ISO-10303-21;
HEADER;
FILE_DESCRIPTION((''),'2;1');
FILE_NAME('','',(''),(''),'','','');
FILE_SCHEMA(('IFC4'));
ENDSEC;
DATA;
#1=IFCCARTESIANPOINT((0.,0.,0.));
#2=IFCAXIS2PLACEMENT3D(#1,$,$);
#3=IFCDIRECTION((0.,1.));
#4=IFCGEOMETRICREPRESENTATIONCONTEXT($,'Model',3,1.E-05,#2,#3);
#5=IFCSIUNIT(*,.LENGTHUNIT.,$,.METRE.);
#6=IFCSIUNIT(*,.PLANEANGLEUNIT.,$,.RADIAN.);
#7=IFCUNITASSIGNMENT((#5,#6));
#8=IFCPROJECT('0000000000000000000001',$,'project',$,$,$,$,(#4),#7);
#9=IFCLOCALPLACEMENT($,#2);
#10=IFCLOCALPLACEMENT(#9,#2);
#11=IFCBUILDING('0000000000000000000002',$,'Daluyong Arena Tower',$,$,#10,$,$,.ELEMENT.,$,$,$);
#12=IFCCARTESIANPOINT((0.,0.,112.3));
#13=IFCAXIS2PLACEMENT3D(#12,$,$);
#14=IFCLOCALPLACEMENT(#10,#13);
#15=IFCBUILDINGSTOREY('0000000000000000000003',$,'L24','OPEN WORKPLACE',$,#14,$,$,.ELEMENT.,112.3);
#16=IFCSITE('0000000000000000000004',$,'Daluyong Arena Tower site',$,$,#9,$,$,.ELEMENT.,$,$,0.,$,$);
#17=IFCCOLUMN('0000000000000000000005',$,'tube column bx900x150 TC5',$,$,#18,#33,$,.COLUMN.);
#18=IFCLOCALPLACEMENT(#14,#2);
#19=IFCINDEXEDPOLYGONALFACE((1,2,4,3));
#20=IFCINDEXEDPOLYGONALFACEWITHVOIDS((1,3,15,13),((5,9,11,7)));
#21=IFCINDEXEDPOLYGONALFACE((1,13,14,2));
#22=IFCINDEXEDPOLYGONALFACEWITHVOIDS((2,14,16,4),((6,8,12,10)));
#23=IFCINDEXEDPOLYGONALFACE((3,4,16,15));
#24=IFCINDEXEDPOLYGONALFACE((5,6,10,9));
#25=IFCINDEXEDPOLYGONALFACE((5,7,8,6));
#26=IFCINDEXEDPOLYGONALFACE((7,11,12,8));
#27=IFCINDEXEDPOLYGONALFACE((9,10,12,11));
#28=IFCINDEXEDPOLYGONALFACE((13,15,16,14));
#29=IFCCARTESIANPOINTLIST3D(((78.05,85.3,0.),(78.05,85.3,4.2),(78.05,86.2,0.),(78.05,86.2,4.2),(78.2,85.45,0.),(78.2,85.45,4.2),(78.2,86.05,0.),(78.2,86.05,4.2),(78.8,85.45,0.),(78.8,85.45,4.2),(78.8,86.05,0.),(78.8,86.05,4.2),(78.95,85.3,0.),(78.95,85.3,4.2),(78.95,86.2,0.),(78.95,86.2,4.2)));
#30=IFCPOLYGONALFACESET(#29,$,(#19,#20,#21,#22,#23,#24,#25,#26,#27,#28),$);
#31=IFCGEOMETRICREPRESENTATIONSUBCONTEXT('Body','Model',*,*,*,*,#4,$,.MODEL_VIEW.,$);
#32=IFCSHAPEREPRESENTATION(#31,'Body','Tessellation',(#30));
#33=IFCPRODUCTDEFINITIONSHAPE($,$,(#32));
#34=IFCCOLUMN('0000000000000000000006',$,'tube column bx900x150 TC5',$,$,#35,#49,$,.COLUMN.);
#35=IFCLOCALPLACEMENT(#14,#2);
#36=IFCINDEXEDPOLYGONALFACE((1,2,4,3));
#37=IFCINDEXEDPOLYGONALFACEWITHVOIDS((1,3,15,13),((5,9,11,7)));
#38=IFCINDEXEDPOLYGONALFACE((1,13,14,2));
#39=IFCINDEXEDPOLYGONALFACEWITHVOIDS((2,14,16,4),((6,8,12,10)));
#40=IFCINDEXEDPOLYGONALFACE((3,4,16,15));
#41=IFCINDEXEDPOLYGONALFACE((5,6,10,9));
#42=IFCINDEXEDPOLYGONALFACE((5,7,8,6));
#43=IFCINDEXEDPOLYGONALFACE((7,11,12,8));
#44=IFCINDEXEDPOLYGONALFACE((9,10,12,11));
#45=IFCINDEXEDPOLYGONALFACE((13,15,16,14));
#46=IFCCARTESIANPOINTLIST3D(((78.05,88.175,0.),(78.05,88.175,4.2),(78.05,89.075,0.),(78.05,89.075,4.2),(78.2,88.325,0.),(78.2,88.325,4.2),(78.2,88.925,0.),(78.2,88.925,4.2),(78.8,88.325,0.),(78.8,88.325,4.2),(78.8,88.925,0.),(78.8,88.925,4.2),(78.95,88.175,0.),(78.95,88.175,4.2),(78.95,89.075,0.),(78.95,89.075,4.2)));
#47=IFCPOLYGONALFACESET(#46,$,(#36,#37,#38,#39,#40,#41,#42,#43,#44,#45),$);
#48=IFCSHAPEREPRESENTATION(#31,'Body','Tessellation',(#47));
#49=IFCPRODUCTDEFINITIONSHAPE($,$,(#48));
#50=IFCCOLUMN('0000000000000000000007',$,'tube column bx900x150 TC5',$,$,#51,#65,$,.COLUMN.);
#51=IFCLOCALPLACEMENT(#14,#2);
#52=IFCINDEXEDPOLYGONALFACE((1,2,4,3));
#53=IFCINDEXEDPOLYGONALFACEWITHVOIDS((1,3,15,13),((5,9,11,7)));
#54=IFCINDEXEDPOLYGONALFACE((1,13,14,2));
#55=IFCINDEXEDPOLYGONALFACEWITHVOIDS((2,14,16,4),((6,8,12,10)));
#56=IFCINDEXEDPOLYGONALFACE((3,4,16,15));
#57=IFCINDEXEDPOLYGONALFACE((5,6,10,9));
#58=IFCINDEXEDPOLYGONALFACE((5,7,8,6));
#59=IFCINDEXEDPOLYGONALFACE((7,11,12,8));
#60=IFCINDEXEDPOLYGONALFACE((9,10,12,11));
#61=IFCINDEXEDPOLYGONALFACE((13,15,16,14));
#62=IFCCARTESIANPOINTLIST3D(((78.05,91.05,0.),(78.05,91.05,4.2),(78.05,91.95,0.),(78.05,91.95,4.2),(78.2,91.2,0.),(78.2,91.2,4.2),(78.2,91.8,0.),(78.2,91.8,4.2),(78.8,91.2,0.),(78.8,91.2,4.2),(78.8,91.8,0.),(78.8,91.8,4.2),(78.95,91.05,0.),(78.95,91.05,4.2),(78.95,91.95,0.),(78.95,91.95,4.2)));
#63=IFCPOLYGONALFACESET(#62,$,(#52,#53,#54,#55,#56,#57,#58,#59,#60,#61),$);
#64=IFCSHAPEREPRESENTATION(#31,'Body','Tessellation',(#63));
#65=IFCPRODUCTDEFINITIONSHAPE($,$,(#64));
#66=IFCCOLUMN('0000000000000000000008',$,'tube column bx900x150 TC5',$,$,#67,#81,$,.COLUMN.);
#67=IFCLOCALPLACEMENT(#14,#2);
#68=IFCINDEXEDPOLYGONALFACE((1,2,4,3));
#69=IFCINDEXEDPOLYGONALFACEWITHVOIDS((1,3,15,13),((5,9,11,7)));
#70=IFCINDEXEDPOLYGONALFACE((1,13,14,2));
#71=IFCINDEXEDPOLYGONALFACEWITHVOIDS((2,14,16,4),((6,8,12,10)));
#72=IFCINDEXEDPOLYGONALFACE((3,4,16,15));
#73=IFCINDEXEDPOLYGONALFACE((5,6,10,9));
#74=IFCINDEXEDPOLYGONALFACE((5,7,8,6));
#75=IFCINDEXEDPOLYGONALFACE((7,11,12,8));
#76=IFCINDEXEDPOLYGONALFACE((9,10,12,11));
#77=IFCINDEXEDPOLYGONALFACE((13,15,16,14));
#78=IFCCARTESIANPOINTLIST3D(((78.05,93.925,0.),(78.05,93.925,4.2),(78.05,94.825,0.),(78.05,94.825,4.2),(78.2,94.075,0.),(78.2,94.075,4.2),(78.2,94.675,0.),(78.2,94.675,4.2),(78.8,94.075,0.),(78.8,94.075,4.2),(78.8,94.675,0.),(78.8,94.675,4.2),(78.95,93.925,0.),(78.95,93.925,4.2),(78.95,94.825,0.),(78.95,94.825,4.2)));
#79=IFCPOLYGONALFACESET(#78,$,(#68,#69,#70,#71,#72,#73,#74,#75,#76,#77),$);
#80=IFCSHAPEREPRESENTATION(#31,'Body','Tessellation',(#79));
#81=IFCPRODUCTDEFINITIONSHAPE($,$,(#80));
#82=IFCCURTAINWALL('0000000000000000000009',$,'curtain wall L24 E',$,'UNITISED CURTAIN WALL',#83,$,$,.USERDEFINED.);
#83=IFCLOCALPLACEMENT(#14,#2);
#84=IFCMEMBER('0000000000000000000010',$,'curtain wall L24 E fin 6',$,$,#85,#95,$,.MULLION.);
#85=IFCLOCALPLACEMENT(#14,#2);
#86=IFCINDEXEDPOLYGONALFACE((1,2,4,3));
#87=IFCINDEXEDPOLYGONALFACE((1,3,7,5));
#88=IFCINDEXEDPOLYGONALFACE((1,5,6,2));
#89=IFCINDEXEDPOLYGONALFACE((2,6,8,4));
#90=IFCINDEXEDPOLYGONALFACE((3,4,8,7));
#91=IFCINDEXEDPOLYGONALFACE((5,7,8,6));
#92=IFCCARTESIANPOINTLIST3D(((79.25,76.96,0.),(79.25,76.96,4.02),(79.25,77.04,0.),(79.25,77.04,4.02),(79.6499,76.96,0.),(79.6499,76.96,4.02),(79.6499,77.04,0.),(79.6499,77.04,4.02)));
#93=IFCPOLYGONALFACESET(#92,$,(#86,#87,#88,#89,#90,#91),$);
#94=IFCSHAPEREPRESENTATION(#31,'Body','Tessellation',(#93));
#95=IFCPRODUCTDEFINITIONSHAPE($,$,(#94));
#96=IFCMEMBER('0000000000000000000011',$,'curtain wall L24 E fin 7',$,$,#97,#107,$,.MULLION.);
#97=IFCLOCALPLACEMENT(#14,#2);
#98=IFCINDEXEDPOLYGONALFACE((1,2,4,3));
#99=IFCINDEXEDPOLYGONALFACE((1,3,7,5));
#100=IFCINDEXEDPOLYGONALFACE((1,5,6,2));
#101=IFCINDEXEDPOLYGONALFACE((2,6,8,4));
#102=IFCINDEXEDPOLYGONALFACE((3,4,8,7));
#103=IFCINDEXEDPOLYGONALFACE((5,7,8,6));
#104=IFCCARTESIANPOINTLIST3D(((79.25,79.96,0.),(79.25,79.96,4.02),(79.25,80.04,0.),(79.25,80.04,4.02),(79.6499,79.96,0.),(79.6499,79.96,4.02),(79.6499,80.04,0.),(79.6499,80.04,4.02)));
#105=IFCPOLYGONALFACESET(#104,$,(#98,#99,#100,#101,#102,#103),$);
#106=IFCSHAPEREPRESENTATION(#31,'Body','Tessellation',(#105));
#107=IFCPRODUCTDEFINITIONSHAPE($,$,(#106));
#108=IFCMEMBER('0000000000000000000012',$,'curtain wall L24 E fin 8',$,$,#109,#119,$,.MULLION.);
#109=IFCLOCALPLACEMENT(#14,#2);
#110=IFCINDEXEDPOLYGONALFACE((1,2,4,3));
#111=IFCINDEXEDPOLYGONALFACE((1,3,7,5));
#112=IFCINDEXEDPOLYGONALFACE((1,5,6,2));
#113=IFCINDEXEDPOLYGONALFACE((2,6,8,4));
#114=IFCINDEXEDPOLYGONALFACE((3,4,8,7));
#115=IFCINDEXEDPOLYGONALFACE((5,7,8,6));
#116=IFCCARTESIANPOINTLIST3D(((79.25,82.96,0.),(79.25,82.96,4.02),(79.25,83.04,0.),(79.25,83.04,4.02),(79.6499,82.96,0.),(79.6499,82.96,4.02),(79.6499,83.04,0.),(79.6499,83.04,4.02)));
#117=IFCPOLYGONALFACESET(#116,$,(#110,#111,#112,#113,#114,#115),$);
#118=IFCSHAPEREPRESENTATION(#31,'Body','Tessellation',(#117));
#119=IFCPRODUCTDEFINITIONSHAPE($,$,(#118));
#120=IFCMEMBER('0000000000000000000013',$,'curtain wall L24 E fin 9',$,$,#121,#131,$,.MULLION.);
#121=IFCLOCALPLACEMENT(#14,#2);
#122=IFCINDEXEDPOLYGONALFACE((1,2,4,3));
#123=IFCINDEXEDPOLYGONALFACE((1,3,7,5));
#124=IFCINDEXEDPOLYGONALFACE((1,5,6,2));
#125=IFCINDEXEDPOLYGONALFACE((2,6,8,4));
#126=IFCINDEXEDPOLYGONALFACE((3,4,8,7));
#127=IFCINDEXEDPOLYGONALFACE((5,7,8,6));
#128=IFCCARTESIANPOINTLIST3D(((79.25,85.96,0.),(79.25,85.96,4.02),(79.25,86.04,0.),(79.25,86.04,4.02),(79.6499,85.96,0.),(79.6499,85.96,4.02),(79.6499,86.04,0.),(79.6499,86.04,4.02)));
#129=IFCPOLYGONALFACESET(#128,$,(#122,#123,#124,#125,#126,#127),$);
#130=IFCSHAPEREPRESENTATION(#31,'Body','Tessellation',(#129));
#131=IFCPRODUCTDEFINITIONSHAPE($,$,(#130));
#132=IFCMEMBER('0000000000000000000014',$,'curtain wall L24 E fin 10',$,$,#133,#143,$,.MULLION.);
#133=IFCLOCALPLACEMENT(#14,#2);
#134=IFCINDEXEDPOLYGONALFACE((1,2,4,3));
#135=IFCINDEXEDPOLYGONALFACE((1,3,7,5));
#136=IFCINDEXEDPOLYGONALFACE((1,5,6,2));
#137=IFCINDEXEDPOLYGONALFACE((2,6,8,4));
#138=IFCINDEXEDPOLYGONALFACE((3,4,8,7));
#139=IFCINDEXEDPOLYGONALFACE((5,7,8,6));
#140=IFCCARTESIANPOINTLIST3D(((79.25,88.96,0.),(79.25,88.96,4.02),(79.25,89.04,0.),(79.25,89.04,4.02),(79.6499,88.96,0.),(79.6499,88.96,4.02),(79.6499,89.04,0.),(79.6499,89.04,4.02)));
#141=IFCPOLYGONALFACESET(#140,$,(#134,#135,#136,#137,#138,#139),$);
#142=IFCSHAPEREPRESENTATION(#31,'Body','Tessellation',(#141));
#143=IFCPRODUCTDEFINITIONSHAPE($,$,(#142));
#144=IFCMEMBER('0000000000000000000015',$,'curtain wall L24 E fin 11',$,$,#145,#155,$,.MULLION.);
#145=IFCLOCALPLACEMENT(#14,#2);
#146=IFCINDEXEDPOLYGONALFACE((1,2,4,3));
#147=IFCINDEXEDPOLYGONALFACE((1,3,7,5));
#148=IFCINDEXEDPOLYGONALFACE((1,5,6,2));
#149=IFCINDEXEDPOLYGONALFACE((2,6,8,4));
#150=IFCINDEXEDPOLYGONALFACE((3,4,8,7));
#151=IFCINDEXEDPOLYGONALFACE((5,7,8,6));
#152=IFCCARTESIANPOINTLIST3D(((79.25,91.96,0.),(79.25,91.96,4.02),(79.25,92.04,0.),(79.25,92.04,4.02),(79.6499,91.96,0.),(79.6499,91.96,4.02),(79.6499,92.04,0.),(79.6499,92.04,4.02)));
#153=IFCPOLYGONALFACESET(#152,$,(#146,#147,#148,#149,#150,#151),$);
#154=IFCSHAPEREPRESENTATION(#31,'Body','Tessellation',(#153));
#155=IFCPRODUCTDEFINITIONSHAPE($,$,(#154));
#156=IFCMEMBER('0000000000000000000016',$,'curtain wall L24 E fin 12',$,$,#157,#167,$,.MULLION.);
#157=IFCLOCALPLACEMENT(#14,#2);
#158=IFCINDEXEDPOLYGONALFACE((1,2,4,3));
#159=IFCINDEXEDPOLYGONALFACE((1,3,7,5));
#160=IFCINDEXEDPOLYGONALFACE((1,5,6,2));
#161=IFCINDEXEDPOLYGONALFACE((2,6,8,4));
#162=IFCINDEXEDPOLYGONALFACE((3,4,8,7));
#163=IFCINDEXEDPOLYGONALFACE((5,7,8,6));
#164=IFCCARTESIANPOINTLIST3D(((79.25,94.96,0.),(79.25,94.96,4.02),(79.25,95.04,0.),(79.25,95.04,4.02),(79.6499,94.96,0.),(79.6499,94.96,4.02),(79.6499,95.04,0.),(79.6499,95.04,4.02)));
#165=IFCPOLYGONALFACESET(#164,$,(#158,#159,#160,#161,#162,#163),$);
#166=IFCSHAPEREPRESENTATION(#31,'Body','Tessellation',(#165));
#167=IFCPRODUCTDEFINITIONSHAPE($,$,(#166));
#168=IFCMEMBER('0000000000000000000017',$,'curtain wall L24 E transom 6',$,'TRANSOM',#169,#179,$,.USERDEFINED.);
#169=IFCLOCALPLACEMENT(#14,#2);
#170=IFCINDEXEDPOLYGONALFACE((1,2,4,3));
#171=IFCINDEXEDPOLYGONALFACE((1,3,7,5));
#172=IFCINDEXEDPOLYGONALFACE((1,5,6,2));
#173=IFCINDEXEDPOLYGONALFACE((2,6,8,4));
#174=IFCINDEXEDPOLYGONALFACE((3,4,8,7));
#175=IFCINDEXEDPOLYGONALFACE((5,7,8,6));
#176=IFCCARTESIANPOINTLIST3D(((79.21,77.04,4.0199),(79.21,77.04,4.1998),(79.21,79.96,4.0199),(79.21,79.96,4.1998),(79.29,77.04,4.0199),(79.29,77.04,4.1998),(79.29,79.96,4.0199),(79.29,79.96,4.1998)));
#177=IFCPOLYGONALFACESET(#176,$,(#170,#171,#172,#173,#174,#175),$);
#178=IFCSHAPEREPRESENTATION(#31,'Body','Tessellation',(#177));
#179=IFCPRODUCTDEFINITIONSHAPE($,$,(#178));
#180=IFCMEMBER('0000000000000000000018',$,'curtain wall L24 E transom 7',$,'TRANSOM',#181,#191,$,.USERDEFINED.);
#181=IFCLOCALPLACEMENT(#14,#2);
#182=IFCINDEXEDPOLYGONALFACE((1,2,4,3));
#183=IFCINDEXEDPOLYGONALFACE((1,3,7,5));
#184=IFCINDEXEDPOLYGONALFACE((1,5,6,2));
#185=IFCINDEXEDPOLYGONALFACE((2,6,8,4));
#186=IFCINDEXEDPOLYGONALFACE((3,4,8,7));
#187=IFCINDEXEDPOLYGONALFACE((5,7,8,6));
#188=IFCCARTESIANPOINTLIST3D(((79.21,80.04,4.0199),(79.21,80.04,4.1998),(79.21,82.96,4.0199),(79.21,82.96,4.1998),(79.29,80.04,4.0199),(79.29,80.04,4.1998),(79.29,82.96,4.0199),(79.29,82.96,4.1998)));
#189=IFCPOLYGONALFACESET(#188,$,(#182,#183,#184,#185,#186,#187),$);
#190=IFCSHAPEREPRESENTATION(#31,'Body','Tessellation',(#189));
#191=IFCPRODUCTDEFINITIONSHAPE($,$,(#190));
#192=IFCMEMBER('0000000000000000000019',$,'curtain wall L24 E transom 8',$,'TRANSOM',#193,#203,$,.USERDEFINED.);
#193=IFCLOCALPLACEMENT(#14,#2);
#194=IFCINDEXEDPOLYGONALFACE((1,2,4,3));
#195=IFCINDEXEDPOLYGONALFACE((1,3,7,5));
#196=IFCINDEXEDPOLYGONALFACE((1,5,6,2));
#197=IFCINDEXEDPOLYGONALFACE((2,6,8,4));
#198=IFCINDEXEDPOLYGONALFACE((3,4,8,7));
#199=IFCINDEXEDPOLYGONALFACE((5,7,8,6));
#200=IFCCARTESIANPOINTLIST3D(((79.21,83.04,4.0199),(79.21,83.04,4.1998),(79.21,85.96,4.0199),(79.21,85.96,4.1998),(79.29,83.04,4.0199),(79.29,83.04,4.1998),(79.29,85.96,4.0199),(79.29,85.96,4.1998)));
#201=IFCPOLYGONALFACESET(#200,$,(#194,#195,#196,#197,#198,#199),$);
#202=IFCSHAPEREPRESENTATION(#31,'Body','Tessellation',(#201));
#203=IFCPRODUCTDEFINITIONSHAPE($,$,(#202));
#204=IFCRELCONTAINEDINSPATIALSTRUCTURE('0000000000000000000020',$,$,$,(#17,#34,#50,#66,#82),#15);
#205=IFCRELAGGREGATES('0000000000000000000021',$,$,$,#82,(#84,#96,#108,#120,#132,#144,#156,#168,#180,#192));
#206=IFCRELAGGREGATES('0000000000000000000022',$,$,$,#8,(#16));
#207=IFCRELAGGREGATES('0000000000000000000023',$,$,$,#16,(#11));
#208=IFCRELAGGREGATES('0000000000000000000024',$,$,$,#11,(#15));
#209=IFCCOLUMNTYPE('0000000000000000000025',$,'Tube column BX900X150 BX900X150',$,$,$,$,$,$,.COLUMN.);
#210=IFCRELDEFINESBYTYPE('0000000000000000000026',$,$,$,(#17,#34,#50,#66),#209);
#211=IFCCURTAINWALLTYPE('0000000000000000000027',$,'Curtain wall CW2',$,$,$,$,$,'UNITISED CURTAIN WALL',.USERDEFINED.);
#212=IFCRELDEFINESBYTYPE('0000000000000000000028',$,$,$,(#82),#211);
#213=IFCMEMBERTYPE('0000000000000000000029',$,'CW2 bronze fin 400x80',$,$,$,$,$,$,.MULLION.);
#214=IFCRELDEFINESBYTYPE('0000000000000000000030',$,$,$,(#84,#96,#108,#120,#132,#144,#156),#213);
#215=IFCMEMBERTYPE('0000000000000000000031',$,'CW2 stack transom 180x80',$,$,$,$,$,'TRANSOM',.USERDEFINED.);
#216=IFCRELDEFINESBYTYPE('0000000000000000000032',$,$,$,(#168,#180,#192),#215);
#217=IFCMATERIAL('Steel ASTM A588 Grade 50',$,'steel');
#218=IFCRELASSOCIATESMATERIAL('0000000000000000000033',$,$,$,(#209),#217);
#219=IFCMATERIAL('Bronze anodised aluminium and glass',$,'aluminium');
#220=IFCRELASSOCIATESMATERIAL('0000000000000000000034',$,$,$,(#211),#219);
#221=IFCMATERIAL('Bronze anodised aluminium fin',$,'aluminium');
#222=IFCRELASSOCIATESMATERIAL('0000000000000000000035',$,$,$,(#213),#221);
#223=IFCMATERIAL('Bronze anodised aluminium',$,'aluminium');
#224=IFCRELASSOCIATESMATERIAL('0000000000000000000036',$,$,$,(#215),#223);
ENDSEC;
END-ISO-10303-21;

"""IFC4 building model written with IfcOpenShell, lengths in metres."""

from ifc_helpers import new_model, si_unit, direction, frame, origin, origin_2d, place, context, subcontext, project, spatial, rectangle, hollow_rectangle, extrude, material, material_profile, profile_set, type_object, element, aggregate, save


model = new_model("IFC4")

# Units and contexts
model_context = context("Model", 3, precision=1e-05, world=origin(), true_north=direction((0.0, 1.0)))
body_context = subcontext(model_context, "Body", "Model", "MODEL_VIEW")
ifc_project = project(units=[si_unit("LENGTHUNIT", "METRE"), si_unit("PLANEANGLEUNIT", "RADIAN")], contexts=[model_context])

# Site, building, storey
site_placement = place(None, origin())
site = spatial("IfcSite", under=ifc_project, at=site_placement, Name="Daluyong Arena Tower site", CompositionType="ELEMENT", RefElevation=0.0)
building_placement = place(site_placement, origin())
building = spatial("IfcBuilding", under=site, at=building_placement, Name="Daluyong Arena Tower", CompositionType="ELEMENT")
storey_placement = place(building_placement, frame((0.0, 0.0, 112.3)))
storey = spatial("IfcBuildingStorey", under=building, at=storey_placement, Name="L24", Description="OPEN WORKPLACE", CompositionType="ELEMENT", Elevation=112.3)

# Columns
ifc_material_1 = material(Name="Steel ASTM A588 Grade 50", Category="steel")
ifc_material_profile_1 = material_profile(ifc_material_1, hollow_rectangle(XDim=0.8999, YDim=0.8999, WallThickness=0.15, at=origin_2d()))
ifc_profile_set_1 = profile_set([ifc_material_profile_1], Name="Steel ASTM A588 Grade 50")
column_type = type_object("IfcColumnType", Name="Tube column BX900X150 BX900X150", PredefinedType="COLUMN", material=ifc_profile_set_1)
for number, where, z_axis, x_axis, name in (
    (1, (78.5, 85.75, 0.0), (0.0, 0.0, 1.0), (0.0, 1.0, 0.0), "tube column bx900x150 TC5"),
    (2, (78.5, 88.625, 0.0), (0.0, 0.0, 1.0), (0.0, 1.0, 0.0), "tube column bx900x150 TC5"),
    (3, (78.5, 91.5, 0.0), (0.0, 0.0, 1.0), (0.0, 1.0, 0.0), "tube column bx900x150 TC5"),
    (4, (78.5, 94.375, 0.0), (0.0, 0.0, 1.0), (0.0, 1.0, 0.0), "tube column bx900x150 TC5"),
):
    element("IfcColumn", number, at=place(storey_placement, frame(where, z_axis=z_axis, x_axis=x_axis)), inside=storey, type_object=column_type, Name=name, PredefinedType="COLUMN", context=body_context, shape_type="SweptSolid", body=[
        extrude(hollow_rectangle(XDim=0.8999, YDim=0.8999, WallThickness=0.15, at=origin_2d()), origin(), (0.0, 0.0, 1.0), 4.2),
    ])

# Curtain wall, members
ifc_material_2 = material(Name="Bronze anodised aluminium and glass", Category="aluminium")
curtain_wall_type = type_object("IfcCurtainWallType", Name="Curtain wall CW2", ElementType="UNITISED CURTAIN WALL", PredefinedType="USERDEFINED", material=ifc_material_2)
curtain_wall_placement = place(storey_placement, origin())
curtain_wall = element("IfcCurtainWall", 5, at=curtain_wall_placement, inside=storey, type_object=curtain_wall_type, Name="curtain wall L24 E", ObjectType="UNITISED CURTAIN WALL", PredefinedType="USERDEFINED")
ifc_material_3 = material(Name="Bronze anodised aluminium fin", Category="aluminium")
ifc_material_profile_2 = material_profile(ifc_material_3, rectangle(XDim=0.3999, YDim=0.0801, at=origin_2d()))
ifc_profile_set_2 = profile_set([ifc_material_profile_2], Name="Bronze anodised aluminium fin")
member_type_1 = type_object("IfcMemberType", Name="CW2 bronze fin 400x80", PredefinedType="MULLION", material=ifc_profile_set_2)
member_1_placement = place(storey_placement, frame((79.45, 77.0, 0.0), z_axis=(0.0, 0.0, 1.0), x_axis=(-1.0, 0.0, 0.0)))
member_1 = element("IfcMember", 6, at=member_1_placement, type_object=member_type_1, Name="curtain wall L24 E fin 6", PredefinedType="MULLION", context=body_context, shape_type="SweptSolid", body=[
    extrude(rectangle(XDim=0.3999, YDim=0.0801, at=origin_2d()), origin(), (0.0, 0.0, 1.0), 4.02),
])
member_2_placement = place(storey_placement, frame((79.45, 80.0, 0.0), z_axis=(0.0, 0.0, 1.0), x_axis=(-1.0, 0.0, 0.0)))
member_2 = element("IfcMember", 7, at=member_2_placement, type_object=member_type_1, Name="curtain wall L24 E fin 7", PredefinedType="MULLION", context=body_context, shape_type="SweptSolid", body=[
    extrude(rectangle(XDim=0.3999, YDim=0.0801, at=origin_2d()), origin(), (0.0, 0.0, 1.0), 4.02),
])
member_3_placement = place(storey_placement, frame((79.45, 83.0, 0.0), z_axis=(0.0, 0.0, 1.0), x_axis=(-1.0, 0.0, 0.0)))
member_3 = element("IfcMember", 8, at=member_3_placement, type_object=member_type_1, Name="curtain wall L24 E fin 8", PredefinedType="MULLION", context=body_context, shape_type="SweptSolid", body=[
    extrude(rectangle(XDim=0.3999, YDim=0.0801, at=origin_2d()), origin(), (0.0, 0.0, 1.0), 4.02),
])
member_4_placement = place(storey_placement, frame((79.45, 86.0, 0.0), z_axis=(0.0, 0.0, 1.0), x_axis=(-1.0, 0.0, 0.0)))
member_4 = element("IfcMember", 9, at=member_4_placement, type_object=member_type_1, Name="curtain wall L24 E fin 9", PredefinedType="MULLION", context=body_context, shape_type="SweptSolid", body=[
    extrude(rectangle(XDim=0.3999, YDim=0.0801, at=origin_2d()), origin(), (0.0, 0.0, 1.0), 4.02),
])
member_5_placement = place(storey_placement, frame((79.45, 89.0, 0.0), z_axis=(0.0, 0.0, 1.0), x_axis=(-1.0, 0.0, 0.0)))
member_5 = element("IfcMember", 10, at=member_5_placement, type_object=member_type_1, Name="curtain wall L24 E fin 10", PredefinedType="MULLION", context=body_context, shape_type="SweptSolid", body=[
    extrude(rectangle(XDim=0.3999, YDim=0.0801, at=origin_2d()), origin(), (0.0, 0.0, 1.0), 4.02),
])
member_6_placement = place(storey_placement, frame((79.45, 92.0, 0.0), z_axis=(0.0, 0.0, 1.0), x_axis=(-1.0, 0.0, 0.0)))
member_6 = element("IfcMember", 11, at=member_6_placement, type_object=member_type_1, Name="curtain wall L24 E fin 11", PredefinedType="MULLION", context=body_context, shape_type="SweptSolid", body=[
    extrude(rectangle(XDim=0.3999, YDim=0.0801, at=origin_2d()), origin(), (0.0, 0.0, 1.0), 4.02),
])
member_7_placement = place(storey_placement, frame((79.45, 95.0, 0.0), z_axis=(0.0, 0.0, 1.0), x_axis=(-1.0, 0.0, 0.0)))
member_7 = element("IfcMember", 12, at=member_7_placement, type_object=member_type_1, Name="curtain wall L24 E fin 12", PredefinedType="MULLION", context=body_context, shape_type="SweptSolid", body=[
    extrude(rectangle(XDim=0.3999, YDim=0.0801, at=origin_2d()), origin(), (0.0, 0.0, 1.0), 4.02),
])
ifc_material_4 = material(Name="Bronze anodised aluminium", Category="aluminium")
ifc_material_profile_3 = material_profile(ifc_material_4, rectangle(XDim=0.0801, YDim=0.1799, at=origin_2d()))
ifc_profile_set_3 = profile_set([ifc_material_profile_3], Name="Bronze anodised aluminium")
member_type_2 = type_object("IfcMemberType", Name="CW2 stack transom 180x80", ElementType="TRANSOM", PredefinedType="USERDEFINED", material=ifc_profile_set_3)
member_8_placement = place(storey_placement, frame((79.25, 77.04, 4.1099), z_axis=(0.0, 1.0, 0.0), x_axis=(-1.0, 0.0, 0.0)))
member_8 = element("IfcMember", 13, at=member_8_placement, type_object=member_type_2, Name="curtain wall L24 E transom 6", ObjectType="TRANSOM", PredefinedType="USERDEFINED", context=body_context, shape_type="SweptSolid", body=[
    extrude(rectangle(XDim=0.0801, YDim=0.1799, at=origin_2d()), origin(), (0.0, 0.0, 1.0), 2.9199),
])
member_9_placement = place(storey_placement, frame((79.25, 80.04, 4.1099), z_axis=(0.0, 1.0, 0.0), x_axis=(-1.0, 0.0, 0.0)))
member_9 = element("IfcMember", 14, at=member_9_placement, type_object=member_type_2, Name="curtain wall L24 E transom 7", ObjectType="TRANSOM", PredefinedType="USERDEFINED", context=body_context, shape_type="SweptSolid", body=[
    extrude(rectangle(XDim=0.0801, YDim=0.1799, at=origin_2d()), origin(), (0.0, 0.0, 1.0), 2.9199),
])
member_10_placement = place(storey_placement, frame((79.25, 83.04, 4.1099), z_axis=(0.0, 1.0, 0.0), x_axis=(-1.0, 0.0, 0.0)))
member_10 = element("IfcMember", 15, at=member_10_placement, type_object=member_type_2, Name="curtain wall L24 E transom 8", ObjectType="TRANSOM", PredefinedType="USERDEFINED", context=body_context, shape_type="SweptSolid", body=[
    extrude(rectangle(XDim=0.0801, YDim=0.1799, at=origin_2d()), origin(), (0.0, 0.0, 1.0), 2.9199),
])

aggregate(curtain_wall, [member_1, member_2, member_3, member_4, member_5, member_6, member_7, member_8, member_9, member_10])

save(model, "model.ifc")
